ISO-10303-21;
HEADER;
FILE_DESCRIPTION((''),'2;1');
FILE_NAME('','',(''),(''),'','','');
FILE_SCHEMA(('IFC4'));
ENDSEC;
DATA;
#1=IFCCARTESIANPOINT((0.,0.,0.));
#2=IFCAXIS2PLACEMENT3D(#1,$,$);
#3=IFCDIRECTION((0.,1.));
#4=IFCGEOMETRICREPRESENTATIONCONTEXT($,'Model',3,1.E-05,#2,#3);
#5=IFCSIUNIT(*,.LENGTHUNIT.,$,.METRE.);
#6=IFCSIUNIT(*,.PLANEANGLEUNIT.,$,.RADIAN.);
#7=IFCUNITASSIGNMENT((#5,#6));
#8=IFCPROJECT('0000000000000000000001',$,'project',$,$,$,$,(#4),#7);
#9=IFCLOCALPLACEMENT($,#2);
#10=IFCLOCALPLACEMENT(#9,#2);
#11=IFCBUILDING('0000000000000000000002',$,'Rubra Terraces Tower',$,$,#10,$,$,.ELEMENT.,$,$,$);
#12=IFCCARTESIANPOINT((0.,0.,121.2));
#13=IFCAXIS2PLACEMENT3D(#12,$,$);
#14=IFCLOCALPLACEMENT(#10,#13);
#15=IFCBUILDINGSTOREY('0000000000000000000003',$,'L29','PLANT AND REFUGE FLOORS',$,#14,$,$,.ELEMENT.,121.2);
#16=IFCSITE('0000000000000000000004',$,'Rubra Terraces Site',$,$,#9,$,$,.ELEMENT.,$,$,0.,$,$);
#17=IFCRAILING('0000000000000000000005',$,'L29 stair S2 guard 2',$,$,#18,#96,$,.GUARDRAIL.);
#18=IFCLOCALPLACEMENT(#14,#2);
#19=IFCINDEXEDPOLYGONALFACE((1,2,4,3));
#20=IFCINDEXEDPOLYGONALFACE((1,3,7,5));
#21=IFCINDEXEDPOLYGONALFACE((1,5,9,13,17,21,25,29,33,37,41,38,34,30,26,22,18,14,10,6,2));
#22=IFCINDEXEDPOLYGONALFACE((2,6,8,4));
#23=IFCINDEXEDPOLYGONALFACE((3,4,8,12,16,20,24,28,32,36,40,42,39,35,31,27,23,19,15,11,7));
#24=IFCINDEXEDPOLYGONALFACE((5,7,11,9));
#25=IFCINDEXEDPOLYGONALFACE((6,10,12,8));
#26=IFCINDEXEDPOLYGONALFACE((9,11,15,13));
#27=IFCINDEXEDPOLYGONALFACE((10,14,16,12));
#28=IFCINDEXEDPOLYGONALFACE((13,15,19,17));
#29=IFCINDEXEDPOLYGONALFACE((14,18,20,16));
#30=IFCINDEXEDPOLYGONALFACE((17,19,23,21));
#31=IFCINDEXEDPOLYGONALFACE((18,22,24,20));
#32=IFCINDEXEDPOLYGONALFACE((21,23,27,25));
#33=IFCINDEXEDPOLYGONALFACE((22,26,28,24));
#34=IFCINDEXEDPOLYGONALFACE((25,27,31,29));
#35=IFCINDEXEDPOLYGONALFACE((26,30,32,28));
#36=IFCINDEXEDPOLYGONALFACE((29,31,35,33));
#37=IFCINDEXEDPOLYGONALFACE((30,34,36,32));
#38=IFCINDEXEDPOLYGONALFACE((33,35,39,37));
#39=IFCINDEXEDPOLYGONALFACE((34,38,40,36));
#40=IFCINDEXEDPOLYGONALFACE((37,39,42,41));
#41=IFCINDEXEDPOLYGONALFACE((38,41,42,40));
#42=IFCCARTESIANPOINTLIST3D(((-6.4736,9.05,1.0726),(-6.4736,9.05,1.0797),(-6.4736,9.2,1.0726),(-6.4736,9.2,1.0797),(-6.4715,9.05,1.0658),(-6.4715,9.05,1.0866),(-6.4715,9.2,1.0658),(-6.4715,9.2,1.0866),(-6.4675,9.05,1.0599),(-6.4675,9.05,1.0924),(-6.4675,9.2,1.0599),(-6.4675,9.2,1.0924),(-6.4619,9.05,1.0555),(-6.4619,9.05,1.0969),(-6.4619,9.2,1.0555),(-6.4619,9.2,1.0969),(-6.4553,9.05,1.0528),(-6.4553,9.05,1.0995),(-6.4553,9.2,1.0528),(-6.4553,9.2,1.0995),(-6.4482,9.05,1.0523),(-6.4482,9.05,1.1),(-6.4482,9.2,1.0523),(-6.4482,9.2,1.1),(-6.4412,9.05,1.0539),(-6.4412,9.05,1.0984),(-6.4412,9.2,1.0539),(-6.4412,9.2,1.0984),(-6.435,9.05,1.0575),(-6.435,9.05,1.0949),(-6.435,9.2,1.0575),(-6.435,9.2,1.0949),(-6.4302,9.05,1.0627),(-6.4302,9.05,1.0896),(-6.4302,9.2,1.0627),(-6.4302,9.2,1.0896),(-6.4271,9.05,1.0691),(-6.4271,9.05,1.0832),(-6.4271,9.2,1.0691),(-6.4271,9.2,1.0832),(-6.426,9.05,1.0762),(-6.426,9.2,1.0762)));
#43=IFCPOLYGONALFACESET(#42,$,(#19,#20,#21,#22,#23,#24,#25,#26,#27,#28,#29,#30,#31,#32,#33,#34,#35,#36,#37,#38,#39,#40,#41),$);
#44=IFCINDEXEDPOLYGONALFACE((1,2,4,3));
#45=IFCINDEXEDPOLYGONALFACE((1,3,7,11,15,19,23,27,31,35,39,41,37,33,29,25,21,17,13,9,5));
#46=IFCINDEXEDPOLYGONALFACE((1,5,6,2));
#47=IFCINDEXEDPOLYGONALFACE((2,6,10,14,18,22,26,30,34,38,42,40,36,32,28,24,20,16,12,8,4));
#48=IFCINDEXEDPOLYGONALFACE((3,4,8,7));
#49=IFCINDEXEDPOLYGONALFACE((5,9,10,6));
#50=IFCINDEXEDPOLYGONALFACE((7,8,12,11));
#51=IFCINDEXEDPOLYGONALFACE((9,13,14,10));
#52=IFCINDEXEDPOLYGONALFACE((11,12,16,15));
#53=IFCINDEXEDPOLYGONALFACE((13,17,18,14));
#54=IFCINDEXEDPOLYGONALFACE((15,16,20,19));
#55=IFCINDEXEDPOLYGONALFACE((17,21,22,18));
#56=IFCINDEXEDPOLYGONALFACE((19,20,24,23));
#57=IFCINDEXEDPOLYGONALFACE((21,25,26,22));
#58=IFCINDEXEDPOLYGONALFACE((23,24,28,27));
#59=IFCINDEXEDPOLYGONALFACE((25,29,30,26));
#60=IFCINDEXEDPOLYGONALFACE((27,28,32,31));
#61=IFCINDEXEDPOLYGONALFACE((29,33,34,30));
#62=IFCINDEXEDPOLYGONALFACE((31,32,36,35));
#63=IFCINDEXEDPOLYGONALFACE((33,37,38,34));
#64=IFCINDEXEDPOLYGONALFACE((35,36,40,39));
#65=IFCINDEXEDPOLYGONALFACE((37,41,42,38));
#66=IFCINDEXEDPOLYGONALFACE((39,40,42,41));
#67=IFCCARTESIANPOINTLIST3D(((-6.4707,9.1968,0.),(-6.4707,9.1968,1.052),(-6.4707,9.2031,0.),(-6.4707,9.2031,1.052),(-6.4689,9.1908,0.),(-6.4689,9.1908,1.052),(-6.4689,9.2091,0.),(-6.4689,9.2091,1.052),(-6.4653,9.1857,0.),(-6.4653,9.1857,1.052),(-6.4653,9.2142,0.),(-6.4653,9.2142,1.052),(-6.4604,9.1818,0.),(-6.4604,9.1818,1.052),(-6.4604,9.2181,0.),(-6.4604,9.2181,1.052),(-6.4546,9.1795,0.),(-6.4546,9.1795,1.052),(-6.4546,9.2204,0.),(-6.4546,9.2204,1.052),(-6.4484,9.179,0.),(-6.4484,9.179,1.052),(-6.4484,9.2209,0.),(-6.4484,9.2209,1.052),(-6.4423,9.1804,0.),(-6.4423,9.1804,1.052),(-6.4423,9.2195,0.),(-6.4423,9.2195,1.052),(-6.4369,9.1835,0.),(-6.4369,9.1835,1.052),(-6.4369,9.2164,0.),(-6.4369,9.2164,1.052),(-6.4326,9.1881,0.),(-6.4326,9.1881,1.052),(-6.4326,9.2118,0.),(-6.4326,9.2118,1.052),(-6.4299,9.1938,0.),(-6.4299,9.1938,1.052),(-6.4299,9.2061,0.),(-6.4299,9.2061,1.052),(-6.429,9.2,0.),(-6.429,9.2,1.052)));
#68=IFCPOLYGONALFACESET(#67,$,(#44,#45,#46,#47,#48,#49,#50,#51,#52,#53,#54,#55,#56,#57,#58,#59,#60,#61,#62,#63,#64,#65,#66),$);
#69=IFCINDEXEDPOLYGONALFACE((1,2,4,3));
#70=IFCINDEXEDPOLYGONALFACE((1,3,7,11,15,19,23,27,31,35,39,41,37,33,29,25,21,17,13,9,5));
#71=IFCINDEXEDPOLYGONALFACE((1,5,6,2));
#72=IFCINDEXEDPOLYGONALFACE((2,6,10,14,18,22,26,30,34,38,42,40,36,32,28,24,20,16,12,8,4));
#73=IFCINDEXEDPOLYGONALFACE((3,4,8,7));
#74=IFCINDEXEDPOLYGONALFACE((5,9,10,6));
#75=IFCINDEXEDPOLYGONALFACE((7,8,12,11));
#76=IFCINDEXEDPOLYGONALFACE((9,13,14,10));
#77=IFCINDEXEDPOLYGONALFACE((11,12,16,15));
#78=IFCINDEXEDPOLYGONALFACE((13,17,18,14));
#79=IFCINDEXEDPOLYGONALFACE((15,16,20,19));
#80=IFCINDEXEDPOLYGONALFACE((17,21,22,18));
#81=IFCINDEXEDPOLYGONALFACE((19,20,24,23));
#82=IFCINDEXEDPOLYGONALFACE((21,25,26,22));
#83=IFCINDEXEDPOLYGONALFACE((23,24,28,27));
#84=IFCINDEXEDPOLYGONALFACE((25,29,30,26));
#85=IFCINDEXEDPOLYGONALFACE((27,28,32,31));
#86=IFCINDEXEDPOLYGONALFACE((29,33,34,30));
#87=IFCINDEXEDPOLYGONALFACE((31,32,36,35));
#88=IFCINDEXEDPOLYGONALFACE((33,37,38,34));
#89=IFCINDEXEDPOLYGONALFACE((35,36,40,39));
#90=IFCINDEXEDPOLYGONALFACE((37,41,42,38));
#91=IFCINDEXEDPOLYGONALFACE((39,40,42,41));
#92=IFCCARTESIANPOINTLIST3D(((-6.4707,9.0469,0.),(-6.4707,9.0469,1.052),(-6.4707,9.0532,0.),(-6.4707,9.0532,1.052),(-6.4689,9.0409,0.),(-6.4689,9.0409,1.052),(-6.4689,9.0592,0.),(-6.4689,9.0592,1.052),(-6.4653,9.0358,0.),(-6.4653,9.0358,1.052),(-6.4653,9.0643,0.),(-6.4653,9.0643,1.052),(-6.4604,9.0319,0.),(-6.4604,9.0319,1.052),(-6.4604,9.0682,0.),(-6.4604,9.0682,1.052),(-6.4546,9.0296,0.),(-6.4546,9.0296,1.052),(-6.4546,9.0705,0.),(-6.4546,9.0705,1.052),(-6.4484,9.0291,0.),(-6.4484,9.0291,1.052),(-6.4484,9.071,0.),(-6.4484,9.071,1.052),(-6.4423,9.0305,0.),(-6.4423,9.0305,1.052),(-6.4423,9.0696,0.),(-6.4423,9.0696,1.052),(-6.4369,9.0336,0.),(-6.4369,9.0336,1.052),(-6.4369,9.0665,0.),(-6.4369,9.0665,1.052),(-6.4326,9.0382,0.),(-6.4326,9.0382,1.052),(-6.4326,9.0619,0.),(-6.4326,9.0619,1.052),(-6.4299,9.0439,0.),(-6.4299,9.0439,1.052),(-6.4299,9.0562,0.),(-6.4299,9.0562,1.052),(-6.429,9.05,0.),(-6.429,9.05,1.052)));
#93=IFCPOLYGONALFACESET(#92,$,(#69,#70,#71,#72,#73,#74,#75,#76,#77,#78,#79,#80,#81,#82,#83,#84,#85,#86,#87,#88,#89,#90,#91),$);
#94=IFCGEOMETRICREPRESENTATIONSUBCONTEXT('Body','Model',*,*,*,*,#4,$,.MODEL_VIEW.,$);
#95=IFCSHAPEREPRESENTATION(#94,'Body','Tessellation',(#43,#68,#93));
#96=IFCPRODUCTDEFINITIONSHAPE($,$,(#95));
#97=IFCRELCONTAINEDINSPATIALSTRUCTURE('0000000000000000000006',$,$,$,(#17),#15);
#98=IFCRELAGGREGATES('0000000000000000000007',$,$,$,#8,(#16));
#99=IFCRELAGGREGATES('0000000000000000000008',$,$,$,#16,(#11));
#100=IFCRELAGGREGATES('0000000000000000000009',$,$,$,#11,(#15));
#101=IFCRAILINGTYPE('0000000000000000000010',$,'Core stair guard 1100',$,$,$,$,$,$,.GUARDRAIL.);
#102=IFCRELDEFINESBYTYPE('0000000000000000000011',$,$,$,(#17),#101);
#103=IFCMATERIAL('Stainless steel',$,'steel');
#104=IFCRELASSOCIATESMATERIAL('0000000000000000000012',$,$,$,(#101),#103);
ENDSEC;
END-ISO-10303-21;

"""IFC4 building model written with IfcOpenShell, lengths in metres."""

from ifc_helpers import new_model, si_unit, direction, frame, origin, origin_2d, place, context, subcontext, project, spatial, circle, extrude, material, type_object, element, save


model = new_model("IFC4")

# Units and contexts
model_context = context("Model", 3, precision=1e-05, world=origin(), true_north=direction((0.0, 1.0)))
body_context = subcontext(model_context, "Body", "Model", "MODEL_VIEW")
ifc_project = project(units=[si_unit("LENGTHUNIT", "METRE"), si_unit("PLANEANGLEUNIT", "RADIAN")], contexts=[model_context])

# Site, building, storey
site_placement = place(None, origin())
site = spatial("IfcSite", under=ifc_project, at=site_placement, Name="Rubra Terraces Site", CompositionType="ELEMENT", RefElevation=0.0)
building_placement = place(site_placement, origin())
building = spatial("IfcBuilding", under=site, at=building_placement, Name="Rubra Terraces Tower", CompositionType="ELEMENT")
storey_placement = place(building_placement, frame((0.0, 0.0, 121.2)))
storey = spatial("IfcBuildingStorey", under=building, at=storey_placement, Name="L29", Description="PLANT AND REFUGE FLOORS", CompositionType="ELEMENT", Elevation=121.2)

# Shared definitions
ifc_material_1 = material(Name="Stainless steel", Category="steel")

# Railing
railing_type_1 = type_object("IfcRailingType", Name="Core stair guard 1100", PredefinedType="GUARDRAIL", material=ifc_material_1)
railing_1_placement = place(storey_placement, frame((-6.45, 9.2, 0.0)))
element("IfcRailing", 1, at=railing_1_placement, inside=storey, type_object=railing_type_1, Name="L29 stair S2 guard 2", PredefinedType="GUARDRAIL", context=body_context, shape_type="SweptSolid", body=[
    extrude(circle(Radius=0.0239, at=origin_2d()), frame((0.0, 0.0, 1.0762), z_axis=(0.0, -1.0, 0.0), x_axis=(1.0, 0.0, 0.0)), (0.0, 0.0, 1.0), 0.1499),
    extrude(circle(Radius=0.021, at=origin_2d()), origin(), (0.0, 0.0, 1.0), 1.052),
    extrude(circle(Radius=0.021, at=origin_2d()), frame((0.0, -0.1499, 0.0)), (0.0, 0.0, 1.0), 1.052),
])

save(model, "model.ifc")
